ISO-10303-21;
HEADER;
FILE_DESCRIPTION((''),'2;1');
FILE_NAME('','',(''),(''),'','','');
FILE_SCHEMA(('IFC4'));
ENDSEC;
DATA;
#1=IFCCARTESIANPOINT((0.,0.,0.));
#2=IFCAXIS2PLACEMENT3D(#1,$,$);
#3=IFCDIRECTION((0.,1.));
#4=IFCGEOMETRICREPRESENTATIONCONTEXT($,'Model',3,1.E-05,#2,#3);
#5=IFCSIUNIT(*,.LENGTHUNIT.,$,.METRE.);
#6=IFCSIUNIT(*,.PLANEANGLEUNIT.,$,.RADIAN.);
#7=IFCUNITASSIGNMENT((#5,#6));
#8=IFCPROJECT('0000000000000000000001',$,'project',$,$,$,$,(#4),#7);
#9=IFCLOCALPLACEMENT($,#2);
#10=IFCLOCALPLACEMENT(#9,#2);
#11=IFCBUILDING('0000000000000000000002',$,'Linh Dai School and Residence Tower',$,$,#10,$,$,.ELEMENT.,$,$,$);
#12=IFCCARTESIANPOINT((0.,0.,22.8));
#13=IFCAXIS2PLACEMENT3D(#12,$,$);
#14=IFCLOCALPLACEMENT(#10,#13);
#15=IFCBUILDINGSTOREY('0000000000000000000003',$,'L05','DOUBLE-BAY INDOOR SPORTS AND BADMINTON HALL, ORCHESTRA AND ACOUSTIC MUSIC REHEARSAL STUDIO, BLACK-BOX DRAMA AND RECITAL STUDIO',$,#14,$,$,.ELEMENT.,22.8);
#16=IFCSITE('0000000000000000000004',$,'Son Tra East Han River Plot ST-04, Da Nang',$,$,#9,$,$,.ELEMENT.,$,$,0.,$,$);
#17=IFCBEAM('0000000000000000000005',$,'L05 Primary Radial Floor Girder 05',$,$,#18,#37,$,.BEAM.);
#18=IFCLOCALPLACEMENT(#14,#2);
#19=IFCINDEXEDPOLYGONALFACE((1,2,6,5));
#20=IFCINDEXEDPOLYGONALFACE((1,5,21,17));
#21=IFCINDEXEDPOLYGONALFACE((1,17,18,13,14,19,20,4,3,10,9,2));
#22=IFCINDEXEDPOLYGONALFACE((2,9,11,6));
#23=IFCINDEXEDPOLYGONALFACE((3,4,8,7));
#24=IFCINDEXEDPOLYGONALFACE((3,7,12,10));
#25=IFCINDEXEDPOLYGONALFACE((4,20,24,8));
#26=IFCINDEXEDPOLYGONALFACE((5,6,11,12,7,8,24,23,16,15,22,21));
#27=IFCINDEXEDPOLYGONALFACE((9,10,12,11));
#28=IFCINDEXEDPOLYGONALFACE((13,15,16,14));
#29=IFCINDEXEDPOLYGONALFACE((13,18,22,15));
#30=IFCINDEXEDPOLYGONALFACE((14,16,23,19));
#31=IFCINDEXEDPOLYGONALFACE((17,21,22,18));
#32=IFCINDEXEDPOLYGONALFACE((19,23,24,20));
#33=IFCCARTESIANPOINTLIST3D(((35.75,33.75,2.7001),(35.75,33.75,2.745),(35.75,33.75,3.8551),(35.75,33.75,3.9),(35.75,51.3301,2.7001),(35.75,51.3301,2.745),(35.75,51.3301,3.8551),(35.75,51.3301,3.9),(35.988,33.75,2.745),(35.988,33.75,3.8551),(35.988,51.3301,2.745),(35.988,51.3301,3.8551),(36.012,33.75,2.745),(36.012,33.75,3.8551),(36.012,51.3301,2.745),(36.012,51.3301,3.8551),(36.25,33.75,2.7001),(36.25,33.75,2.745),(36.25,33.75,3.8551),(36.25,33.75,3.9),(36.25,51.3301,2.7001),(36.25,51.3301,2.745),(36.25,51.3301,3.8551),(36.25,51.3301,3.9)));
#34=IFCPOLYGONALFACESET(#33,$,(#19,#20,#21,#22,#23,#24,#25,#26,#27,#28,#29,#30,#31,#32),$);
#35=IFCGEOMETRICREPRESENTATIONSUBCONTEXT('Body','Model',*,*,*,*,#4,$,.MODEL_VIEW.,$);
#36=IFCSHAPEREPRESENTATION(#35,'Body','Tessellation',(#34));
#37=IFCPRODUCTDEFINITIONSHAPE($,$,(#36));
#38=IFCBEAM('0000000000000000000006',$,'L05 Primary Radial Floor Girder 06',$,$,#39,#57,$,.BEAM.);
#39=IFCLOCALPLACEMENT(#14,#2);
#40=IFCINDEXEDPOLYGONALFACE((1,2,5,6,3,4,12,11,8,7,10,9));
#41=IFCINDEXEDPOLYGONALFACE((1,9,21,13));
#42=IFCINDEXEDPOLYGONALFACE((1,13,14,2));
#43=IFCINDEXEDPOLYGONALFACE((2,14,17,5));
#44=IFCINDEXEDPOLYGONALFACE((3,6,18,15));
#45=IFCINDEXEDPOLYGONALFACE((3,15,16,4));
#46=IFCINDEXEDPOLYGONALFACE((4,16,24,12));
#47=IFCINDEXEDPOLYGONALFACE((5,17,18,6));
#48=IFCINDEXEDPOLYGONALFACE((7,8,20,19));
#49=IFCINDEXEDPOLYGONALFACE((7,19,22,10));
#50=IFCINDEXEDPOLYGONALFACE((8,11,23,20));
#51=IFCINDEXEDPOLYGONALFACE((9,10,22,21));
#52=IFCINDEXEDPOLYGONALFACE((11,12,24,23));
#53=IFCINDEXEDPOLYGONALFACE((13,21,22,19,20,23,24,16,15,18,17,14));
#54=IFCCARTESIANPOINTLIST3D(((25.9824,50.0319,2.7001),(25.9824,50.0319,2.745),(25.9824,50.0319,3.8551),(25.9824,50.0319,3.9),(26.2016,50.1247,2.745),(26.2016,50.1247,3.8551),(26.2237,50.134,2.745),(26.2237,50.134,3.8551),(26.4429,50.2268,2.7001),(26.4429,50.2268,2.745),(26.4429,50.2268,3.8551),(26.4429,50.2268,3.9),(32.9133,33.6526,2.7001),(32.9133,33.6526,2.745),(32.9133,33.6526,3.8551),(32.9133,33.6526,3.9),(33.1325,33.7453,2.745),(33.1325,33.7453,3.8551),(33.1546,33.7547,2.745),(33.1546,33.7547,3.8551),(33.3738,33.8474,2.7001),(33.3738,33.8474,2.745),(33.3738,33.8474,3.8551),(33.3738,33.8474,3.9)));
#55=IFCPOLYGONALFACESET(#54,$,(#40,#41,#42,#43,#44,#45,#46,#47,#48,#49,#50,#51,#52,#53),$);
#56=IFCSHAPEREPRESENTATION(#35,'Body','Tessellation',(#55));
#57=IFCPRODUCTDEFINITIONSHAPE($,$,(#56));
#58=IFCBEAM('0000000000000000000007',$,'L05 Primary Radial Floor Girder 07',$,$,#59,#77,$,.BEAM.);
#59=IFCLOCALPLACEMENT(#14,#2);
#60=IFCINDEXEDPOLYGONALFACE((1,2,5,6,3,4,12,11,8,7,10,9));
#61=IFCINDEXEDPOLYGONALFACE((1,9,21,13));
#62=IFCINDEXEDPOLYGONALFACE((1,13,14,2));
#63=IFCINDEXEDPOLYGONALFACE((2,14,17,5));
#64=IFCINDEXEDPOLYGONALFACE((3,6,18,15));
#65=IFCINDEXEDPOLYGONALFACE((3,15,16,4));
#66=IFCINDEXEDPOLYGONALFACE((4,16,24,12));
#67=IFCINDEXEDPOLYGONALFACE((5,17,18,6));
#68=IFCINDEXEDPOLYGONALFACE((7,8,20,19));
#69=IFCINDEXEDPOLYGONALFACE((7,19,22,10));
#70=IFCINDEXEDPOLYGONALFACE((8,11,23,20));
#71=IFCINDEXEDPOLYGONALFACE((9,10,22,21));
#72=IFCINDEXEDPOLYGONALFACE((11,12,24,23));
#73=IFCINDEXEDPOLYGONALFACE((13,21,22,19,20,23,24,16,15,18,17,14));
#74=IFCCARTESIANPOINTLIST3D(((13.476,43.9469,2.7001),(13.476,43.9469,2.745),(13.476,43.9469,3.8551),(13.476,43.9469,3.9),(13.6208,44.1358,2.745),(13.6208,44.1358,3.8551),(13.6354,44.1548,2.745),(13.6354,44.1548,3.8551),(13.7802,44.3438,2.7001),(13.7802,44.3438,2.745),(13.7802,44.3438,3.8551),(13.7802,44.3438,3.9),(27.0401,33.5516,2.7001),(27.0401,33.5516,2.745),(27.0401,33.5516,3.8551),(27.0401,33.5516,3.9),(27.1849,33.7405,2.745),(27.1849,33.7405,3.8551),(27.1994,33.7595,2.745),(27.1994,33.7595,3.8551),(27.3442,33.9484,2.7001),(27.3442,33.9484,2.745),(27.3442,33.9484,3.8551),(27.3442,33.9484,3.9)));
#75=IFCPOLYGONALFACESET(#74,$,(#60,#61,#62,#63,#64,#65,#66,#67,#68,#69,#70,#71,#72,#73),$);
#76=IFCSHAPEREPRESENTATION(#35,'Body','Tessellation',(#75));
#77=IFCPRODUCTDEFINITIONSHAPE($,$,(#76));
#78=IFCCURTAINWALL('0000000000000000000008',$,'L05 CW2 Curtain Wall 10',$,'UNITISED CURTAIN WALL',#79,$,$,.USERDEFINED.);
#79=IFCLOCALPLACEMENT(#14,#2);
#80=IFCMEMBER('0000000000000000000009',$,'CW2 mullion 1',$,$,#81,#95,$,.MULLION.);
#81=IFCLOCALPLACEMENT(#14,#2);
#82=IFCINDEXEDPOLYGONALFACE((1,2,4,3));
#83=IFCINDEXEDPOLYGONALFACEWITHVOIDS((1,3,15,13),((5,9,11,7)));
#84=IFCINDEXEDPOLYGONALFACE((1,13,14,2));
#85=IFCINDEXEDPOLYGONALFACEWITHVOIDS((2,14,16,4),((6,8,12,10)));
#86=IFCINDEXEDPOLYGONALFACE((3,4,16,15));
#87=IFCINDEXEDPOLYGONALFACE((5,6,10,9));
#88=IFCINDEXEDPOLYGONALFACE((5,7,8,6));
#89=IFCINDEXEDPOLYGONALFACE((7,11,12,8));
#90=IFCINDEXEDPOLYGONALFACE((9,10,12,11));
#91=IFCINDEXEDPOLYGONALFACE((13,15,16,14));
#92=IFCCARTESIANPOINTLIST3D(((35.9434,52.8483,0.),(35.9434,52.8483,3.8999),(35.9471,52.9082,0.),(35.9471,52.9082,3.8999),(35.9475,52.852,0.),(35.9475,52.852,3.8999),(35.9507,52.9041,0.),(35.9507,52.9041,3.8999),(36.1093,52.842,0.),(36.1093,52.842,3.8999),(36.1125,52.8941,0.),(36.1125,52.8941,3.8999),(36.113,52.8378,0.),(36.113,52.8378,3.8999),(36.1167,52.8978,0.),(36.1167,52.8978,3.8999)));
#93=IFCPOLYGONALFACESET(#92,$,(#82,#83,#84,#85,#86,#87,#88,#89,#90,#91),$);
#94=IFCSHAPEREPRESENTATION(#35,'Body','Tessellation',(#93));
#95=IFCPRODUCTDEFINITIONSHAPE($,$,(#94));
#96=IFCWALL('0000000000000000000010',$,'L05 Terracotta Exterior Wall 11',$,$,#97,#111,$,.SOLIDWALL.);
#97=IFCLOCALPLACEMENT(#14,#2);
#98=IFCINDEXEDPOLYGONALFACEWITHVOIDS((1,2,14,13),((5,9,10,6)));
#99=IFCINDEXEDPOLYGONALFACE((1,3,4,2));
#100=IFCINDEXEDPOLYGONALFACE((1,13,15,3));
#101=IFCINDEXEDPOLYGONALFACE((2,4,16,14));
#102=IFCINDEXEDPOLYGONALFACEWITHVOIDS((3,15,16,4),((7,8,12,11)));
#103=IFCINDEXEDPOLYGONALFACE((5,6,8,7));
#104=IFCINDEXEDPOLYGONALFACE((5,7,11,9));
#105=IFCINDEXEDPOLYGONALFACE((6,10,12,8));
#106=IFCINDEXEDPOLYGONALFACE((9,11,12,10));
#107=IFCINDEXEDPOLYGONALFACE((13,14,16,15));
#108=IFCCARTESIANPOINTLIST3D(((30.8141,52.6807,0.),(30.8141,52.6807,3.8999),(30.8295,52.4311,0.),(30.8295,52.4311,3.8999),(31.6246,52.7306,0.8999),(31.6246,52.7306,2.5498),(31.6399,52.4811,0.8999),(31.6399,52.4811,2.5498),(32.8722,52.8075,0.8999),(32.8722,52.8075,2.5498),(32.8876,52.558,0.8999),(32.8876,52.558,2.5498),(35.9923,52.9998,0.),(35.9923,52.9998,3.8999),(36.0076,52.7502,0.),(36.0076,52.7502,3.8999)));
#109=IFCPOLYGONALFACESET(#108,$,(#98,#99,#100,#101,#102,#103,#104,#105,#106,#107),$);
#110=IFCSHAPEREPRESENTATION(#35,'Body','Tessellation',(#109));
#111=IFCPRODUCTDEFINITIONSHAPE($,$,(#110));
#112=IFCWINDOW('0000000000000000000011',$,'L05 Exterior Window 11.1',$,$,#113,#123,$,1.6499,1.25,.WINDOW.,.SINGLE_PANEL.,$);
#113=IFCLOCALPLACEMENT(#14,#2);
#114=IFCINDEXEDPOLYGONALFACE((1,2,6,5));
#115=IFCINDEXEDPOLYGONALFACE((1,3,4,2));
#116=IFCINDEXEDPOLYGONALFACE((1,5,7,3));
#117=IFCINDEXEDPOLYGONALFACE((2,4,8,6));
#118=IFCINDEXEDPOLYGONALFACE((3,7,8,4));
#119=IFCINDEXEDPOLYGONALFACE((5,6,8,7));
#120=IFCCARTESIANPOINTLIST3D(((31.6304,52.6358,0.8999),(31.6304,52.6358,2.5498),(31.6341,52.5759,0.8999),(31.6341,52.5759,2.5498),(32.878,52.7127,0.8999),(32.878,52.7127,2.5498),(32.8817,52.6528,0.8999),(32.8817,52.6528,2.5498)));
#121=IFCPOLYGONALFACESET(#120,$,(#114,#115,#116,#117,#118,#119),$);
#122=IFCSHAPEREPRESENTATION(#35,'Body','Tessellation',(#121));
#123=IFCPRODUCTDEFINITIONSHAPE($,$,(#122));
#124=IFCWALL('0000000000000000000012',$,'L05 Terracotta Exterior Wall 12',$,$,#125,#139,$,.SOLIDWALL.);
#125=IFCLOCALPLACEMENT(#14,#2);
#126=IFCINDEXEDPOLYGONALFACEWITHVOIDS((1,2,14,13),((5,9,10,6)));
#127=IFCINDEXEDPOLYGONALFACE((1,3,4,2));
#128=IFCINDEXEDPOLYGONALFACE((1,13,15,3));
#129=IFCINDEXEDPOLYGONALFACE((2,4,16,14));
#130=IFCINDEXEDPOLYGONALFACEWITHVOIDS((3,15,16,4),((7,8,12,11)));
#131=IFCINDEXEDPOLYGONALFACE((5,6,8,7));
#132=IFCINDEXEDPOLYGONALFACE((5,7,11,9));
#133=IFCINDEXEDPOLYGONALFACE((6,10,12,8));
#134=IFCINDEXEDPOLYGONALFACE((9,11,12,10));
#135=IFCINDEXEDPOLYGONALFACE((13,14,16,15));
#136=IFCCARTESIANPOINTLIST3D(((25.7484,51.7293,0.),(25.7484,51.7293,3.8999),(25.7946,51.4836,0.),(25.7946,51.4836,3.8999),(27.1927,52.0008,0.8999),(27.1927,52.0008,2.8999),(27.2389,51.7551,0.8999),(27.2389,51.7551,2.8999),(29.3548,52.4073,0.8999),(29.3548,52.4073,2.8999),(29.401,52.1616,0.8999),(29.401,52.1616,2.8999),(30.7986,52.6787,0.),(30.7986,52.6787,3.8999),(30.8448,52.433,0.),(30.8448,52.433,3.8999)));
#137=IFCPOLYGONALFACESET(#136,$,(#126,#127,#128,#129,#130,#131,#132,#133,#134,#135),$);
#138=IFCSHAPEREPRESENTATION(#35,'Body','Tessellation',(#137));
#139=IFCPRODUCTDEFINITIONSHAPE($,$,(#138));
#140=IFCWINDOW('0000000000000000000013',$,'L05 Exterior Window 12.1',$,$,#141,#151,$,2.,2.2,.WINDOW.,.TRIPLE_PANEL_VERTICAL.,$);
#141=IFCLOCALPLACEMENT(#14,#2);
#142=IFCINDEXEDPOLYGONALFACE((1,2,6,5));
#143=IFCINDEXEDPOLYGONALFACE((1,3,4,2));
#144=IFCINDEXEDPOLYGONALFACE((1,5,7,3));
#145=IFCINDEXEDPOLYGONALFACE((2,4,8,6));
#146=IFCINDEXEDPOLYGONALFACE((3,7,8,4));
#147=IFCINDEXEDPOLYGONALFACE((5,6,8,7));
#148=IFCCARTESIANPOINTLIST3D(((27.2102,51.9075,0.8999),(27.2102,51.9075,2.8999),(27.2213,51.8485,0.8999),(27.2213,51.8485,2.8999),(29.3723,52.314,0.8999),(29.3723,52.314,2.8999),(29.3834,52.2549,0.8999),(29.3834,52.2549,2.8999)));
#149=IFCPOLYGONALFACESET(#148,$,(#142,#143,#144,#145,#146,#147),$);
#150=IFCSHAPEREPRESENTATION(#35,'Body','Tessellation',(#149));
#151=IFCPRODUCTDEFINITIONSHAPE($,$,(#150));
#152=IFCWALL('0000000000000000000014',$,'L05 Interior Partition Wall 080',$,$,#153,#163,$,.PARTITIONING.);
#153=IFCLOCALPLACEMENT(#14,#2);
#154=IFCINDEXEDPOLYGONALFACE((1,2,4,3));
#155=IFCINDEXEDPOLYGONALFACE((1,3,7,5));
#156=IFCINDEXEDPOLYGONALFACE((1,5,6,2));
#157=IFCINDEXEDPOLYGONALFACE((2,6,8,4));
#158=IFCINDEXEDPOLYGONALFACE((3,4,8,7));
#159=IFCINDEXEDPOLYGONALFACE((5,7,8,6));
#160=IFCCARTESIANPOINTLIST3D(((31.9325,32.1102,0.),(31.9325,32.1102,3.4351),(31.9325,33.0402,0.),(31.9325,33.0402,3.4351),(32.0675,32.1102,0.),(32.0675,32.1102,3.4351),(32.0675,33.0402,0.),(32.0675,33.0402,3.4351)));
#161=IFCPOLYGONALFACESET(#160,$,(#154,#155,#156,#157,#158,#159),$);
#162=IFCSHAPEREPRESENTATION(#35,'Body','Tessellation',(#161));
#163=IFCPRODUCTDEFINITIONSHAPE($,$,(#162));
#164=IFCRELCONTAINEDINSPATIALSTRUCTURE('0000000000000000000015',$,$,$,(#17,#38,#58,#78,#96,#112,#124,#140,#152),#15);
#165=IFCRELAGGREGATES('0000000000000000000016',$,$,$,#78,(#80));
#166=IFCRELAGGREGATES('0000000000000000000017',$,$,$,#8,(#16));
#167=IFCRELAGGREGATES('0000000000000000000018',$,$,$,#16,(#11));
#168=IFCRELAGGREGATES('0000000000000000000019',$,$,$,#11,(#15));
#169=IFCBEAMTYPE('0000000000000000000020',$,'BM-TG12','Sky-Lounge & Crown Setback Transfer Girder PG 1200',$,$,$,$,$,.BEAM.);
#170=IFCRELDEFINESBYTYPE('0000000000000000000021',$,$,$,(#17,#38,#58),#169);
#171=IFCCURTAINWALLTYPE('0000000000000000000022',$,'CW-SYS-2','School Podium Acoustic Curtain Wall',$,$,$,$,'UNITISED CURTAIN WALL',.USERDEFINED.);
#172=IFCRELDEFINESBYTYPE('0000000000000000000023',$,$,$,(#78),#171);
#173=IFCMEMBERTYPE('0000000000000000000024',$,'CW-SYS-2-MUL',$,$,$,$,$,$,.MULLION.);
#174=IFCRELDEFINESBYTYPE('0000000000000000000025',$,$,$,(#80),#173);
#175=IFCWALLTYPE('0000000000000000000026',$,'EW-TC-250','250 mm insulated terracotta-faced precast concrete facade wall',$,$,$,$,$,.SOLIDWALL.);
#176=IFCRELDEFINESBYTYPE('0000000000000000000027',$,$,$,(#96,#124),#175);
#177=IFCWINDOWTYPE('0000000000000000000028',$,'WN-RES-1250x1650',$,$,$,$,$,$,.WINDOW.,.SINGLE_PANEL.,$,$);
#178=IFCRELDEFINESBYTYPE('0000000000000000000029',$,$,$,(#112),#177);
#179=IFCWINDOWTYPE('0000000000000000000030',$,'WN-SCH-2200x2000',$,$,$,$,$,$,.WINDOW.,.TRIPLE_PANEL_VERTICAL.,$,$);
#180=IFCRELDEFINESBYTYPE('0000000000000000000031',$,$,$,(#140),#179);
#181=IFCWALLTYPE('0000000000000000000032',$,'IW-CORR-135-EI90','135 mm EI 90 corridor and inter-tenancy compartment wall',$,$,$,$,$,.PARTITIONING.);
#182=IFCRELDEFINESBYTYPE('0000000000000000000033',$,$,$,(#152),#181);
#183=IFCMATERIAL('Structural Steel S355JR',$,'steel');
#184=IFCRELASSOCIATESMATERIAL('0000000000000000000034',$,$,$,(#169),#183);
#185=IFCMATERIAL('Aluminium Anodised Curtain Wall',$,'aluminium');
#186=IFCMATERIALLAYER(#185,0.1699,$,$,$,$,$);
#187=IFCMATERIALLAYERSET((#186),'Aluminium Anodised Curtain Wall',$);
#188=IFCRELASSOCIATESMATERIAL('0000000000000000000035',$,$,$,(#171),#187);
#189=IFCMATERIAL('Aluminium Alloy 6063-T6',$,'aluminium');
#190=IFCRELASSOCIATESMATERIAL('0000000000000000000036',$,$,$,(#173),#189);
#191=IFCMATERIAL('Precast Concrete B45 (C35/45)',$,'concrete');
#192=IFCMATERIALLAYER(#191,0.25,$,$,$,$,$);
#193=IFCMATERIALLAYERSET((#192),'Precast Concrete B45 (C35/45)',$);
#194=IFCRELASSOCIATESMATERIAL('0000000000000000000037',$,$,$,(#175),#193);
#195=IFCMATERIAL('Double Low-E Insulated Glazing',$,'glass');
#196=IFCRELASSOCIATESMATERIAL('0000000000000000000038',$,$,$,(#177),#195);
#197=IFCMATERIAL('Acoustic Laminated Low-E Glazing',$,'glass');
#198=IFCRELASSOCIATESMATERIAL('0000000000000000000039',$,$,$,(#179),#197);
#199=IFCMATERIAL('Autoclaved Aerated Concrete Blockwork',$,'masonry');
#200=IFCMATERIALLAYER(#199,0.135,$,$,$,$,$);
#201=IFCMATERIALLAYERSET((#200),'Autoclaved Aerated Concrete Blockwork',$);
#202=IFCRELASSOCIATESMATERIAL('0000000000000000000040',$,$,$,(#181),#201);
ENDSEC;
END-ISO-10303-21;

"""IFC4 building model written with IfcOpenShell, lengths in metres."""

from ifc_helpers import new_model, si_unit, direction, frame, frame_2d, origin, origin_2d, place, context, subcontext, project, spatial, rectangle, hollow_rectangle, i_section, extrude, source, transform, mapped, material, layer, layer_set, material_profile, profile_set, type_object, element, fill, aggregate, save


model = new_model("IFC4")

# Units and contexts
model_context = context("Model", 3, precision=1e-05, world=origin(), true_north=direction((0.0, 1.0)))
body_context = subcontext(model_context, "Body", "Model", "MODEL_VIEW")
ifc_project = project(units=[si_unit("LENGTHUNIT", "METRE"), si_unit("PLANEANGLEUNIT", "RADIAN")], contexts=[model_context])

# Site, building, storey
site_placement = place(None, origin())
site = spatial("IfcSite", under=ifc_project, at=site_placement, Name="Son Tra East Han River Plot ST-04, Da Nang", CompositionType="ELEMENT", RefElevation=0.0)
building_placement = place(site_placement, origin())
building = spatial("IfcBuilding", under=site, at=building_placement, Name="Linh Dai School and Residence Tower", CompositionType="ELEMENT")
storey_placement = place(building_placement, frame((0.0, 0.0, 22.8)))
storey = spatial("IfcBuildingStorey", under=building, at=storey_placement, Name="L05", Description="DOUBLE-BAY INDOOR SPORTS AND BADMINTON HALL, ORCHESTRA AND ACOUSTIC MUSIC REHEARSAL STUDIO, BLACK-BOX DRAMA AND RECITAL STUDIO", CompositionType="ELEMENT", Elevation=22.8)

# Shared definitions
ifc_material_1 = material(Name="Structural Steel S355JR", Category="steel")

# Beams
ifc_material_profile_1 = material_profile(ifc_material_1, i_section(OverallWidth=0.5, OverallDepth=1.2, WebThickness=0.0239, FlangeThickness=0.0449, at=origin_2d()), Name="PG 1200x500x24x45")
ifc_profile_set_1 = profile_set([ifc_material_profile_1], Name="Structural Steel S355JR")
beam_type_1 = type_object("IfcBeamType", Name="BM-TG12", Description="Sky-Lounge & Crown Setback Transfer Girder PG 1200", PredefinedType="BEAM", material=ifc_profile_set_1)
beam_1_placement = place(storey_placement, frame((36.0, 33.75, 3.3), z_axis=(0.0, 1.0, 0.0), x_axis=(-1.0, 0.0, 0.0)))
element("IfcBeam", 1, at=beam_1_placement, inside=storey, type_object=beam_type_1, Name="L05 Primary Radial Floor Girder 05", PredefinedType="BEAM", context=body_context, shape_type="SweptSolid", body=[
    extrude(i_section(OverallWidth=0.5, OverallDepth=1.2, WebThickness=0.0239, FlangeThickness=0.0449, at=origin_2d()), origin(), (0.0, 0.0, 1.0), 17.5801),
])
beam_2_placement = place(storey_placement, frame((33.1436, 33.75, 3.3), z_axis=(-0.389696, 0.920944, 0.0), x_axis=(-0.920944, -0.389696, 0.0)))
element("IfcBeam", 2, at=beam_2_placement, inside=storey, type_object=beam_type_1, Name="L05 Primary Radial Floor Girder 06", PredefinedType="BEAM", context=body_context, shape_type="SweptSolid", body=[
    extrude(i_section(OverallWidth=0.5, OverallDepth=1.2, WebThickness=0.0239, FlangeThickness=0.0449, at=origin_2d()), origin(), (0.0, 0.0, 1.0), 17.7854),
])
beam_3_placement = place(storey_placement, frame((27.1921, 33.75, 3.3), z_axis=(-0.793713, 0.608292, 0.0), x_axis=(-0.608292, -0.793713, 0.0)))
element("IfcBeam", 3, at=beam_3_placement, inside=storey, type_object=beam_type_1, Name="L05 Primary Radial Floor Girder 07", PredefinedType="BEAM", context=body_context, shape_type="SweptSolid", body=[
    extrude(i_section(OverallWidth=0.5, OverallDepth=1.2, WebThickness=0.0239, FlangeThickness=0.0449, at=origin_2d()), origin(), (0.0, 0.0, 1.0), 17.0894),
])

# Curtain wall, member
ifc_material_2 = material(Name="Aluminium Anodised Curtain Wall", Category="aluminium")
ifc_layer_1 = layer(ifc_material_2, 0.1699)
ifc_layer_set_1 = layer_set([ifc_layer_1], Name="Aluminium Anodised Curtain Wall")
curtain_wall_type = type_object("IfcCurtainWallType", Name="CW-SYS-2", Description="School Podium Acoustic Curtain Wall", ElementType="UNITISED CURTAIN WALL", PredefinedType="USERDEFINED", material=ifc_layer_set_1)
curtain_wall_placement = place(storey_placement, origin())
curtain_wall = element("IfcCurtainWall", 4, at=curtain_wall_placement, inside=storey, type_object=curtain_wall_type, Name="L05 CW2 Curtain Wall 10", ObjectType="UNITISED CURTAIN WALL", PredefinedType="USERDEFINED")
ifc_material_3 = material(Name="Aluminium Alloy 6063-T6", Category="aluminium")
ifc_material_profile_2 = material_profile(ifc_material_3, hollow_rectangle(XDim=0.0601, YDim=0.1699, WallThickness=0.0039, at=origin_2d()), Name="RHS 170x60x4")
ifc_profile_set_2 = profile_set([ifc_material_profile_2], Name="Aluminium Alloy 6063-T6")
member_type = type_object("IfcMemberType", Name="CW-SYS-2-MUL", PredefinedType="MULLION", material=ifc_profile_set_2)
shared_shape_1 = source(origin(), body_context, "Body", "SweptSolid", [
    extrude(hollow_rectangle(XDim=0.0601, YDim=0.1699, WallThickness=0.0039, at=origin_2d()), origin(), (0.0, 0.0, 1.0), 3.8999),
])
member_placement = place(storey_placement, frame((36.03, 52.873, 0.0), z_axis=(0.0, 0.0, 1.0), x_axis=(0.061516, 0.998106, 0.0)))
member = element("IfcMember", 5, at=member_placement, type_object=member_type, Name="CW2 mullion 1", PredefinedType="MULLION", context=body_context, shape_type="MappedRepresentation", body=[
    mapped(shared_shape_1, transform((0.0, 0.0, 0.0), x_axis=(1.0, 0.0, 0.0), y_axis=(0.0, 1.0, 0.0), z_axis=(0.0, 0.0, 1.0), scale=1.0)),
])
aggregate(curtain_wall, [member])

# Walls, openings, windows
ifc_material_4 = material(Name="Precast Concrete B45 (C35/45)", Category="concrete")
ifc_layer_2 = layer(ifc_material_4, 0.25)
ifc_layer_set_2 = layer_set([ifc_layer_2], Name="Precast Concrete B45 (C35/45)")
wall_type_1 = type_object("IfcWallType", Name="EW-TC-250", Description="250 mm insulated terracotta-faced precast concrete facade wall", PredefinedType="SOLIDWALL", material=ifc_layer_set_2)
wall_1_placement = place(storey_placement, frame((30.8218, 52.5559, 0.0), z_axis=(0.0, 0.0, 1.0), x_axis=(0.998107, 0.061505, 0.0)))
wall_1 = element("IfcWall", 6, at=wall_1_placement, inside=storey, type_object=wall_type_1, Name="L05 Terracotta Exterior Wall 11", PredefinedType="SOLIDWALL", context=body_context, shape_type="SweptSolid", body=[
    extrude(rectangle(XDim=5.188, YDim=0.25, at=frame_2d((2.594, 0.0))), origin(), (0.0, 0.0, 1.0), 3.8999),
])
opening_1_placement = place(wall_1_placement, frame((0.812, 0.0, 0.8999)))
opening_1 = element("IfcOpeningElement", 7, at=opening_1_placement, cuts=wall_1, PredefinedType="OPENING", context=body_context, shape_type="SweptSolid", body=[
    extrude(rectangle(XDim=1.25, YDim=1.6499, at=origin_2d()), frame((0.625, 0.135, 0.825), z_axis=(0.0, -1.0, 0.0), x_axis=(1.0, 0.0, 0.0)), (0.0, 0.0, 1.0), 0.27),
])
ifc_material_5 = material(Name="Double Low-E Insulated Glazing", Category="glass")
window_type_1 = type_object("IfcWindowType", Name="WN-RES-1250x1650", PartitioningType="SINGLE_PANEL", PredefinedType="WINDOW", material=ifc_material_5)
shared_shape_2 = source(origin(), body_context, "Body", "SweptSolid", [
    extrude(rectangle(XDim=1.25, YDim=1.6499, at=origin_2d()), frame((0.625, 0.03, 0.825), z_axis=(0.0, -1.0, 0.0), x_axis=(1.0, 0.0, 0.0)), (0.0, 0.0, 1.0), 0.0601),
])
window_1_placement = place(opening_1_placement, origin())
window_1 = element("IfcWindow", 8, at=window_1_placement, inside=storey, type_object=window_type_1, Name="L05 Exterior Window 11.1", OverallHeight=1.6499, OverallWidth=1.25, PartitioningType="SINGLE_PANEL", PredefinedType="WINDOW", context=body_context, shape_type="MappedRepresentation", body=[
    mapped(shared_shape_2, transform((0.0, 0.0, 0.0), x_axis=(1.0, 0.0, 0.0), y_axis=(0.0, 1.0, 0.0), z_axis=(0.0, 0.0, 1.0), scale=1.0)),
])
fill(opening_1, window_1)
wall_2_placement = place(storey_placement, frame((25.7715, 51.6064, 0.0), z_axis=(0.0, 0.0, 1.0), x_axis=(0.982783, 0.184765, 0.0)))
wall_2 = element("IfcWall", 9, at=wall_2_placement, inside=storey, type_object=wall_type_1, Name="L05 Terracotta Exterior Wall 12", PredefinedType="SOLIDWALL", context=body_context, shape_type="SweptSolid", body=[
    extrude(rectangle(XDim=5.1387, YDim=0.25, at=frame_2d((2.5693, 0.0))), origin(), (0.0, 0.0, 1.0), 3.8999),
])
opening_2_placement = place(wall_2_placement, frame((1.4695, 0.0, 0.8999)))
opening_2 = element("IfcOpeningElement", 10, at=opening_2_placement, cuts=wall_2, PredefinedType="OPENING", context=body_context, shape_type="SweptSolid", body=[
    extrude(rectangle(XDim=2.2, YDim=2.0, at=origin_2d()), frame((1.1001, 0.135, 1.0), z_axis=(0.0, -1.0, 0.0), x_axis=(1.0, 0.0, 0.0)), (0.0, 0.0, 1.0), 0.27),
])
ifc_material_6 = material(Name="Acoustic Laminated Low-E Glazing", Category="glass")
window_type_2 = type_object("IfcWindowType", Name="WN-SCH-2200x2000", PartitioningType="TRIPLE_PANEL_VERTICAL", PredefinedType="WINDOW", material=ifc_material_6)
shared_shape_3 = source(origin(), body_context, "Body", "SweptSolid", [
    extrude(rectangle(XDim=2.2, YDim=2.0, at=origin_2d()), frame((1.1001, 0.03, 1.0), z_axis=(0.0, -1.0, 0.0), x_axis=(1.0, 0.0, 0.0)), (0.0, 0.0, 1.0), 0.0601),
])
window_2_placement = place(opening_2_placement, origin())
window_2 = element("IfcWindow", 11, at=window_2_placement, inside=storey, type_object=window_type_2, Name="L05 Exterior Window 12.1", OverallHeight=2.0, OverallWidth=2.2, PartitioningType="TRIPLE_PANEL_VERTICAL", PredefinedType="WINDOW", context=body_context, shape_type="MappedRepresentation", body=[
    mapped(shared_shape_3, transform((0.0, 0.0, 0.0), x_axis=(1.0, 0.0, 0.0), y_axis=(0.0, 1.0, 0.0), z_axis=(0.0, 0.0, 1.0), scale=1.0)),
])
fill(opening_2, window_2)

# Wall
ifc_material_7 = material(Name="Autoclaved Aerated Concrete Blockwork", Category="masonry")
ifc_layer_3 = layer(ifc_material_7, 0.135)
ifc_layer_set_3 = layer_set([ifc_layer_3], Name="Autoclaved Aerated Concrete Blockwork")
wall_type_2 = type_object("IfcWallType", Name="IW-CORR-135-EI90", Description="135 mm EI 90 corridor and inter-tenancy compartment wall", PredefinedType="PARTITIONING", material=ifc_layer_set_3)
wall_3_placement = place(storey_placement, frame((32.0, 33.04, 0.0), z_axis=(0.0, 0.0, 1.0), x_axis=(0.0, -1.0, 0.0)))
element("IfcWall", 12, at=wall_3_placement, inside=storey, type_object=wall_type_2, Name="L05 Interior Partition Wall 080", PredefinedType="PARTITIONING", context=body_context, shape_type="SweptSolid", body=[
    extrude(rectangle(XDim=0.9299, YDim=0.135, at=frame_2d((0.4648, 0.0))), origin(), (0.0, 0.0, 1.0), 3.4351),
])

save(model, "model.ifc")
